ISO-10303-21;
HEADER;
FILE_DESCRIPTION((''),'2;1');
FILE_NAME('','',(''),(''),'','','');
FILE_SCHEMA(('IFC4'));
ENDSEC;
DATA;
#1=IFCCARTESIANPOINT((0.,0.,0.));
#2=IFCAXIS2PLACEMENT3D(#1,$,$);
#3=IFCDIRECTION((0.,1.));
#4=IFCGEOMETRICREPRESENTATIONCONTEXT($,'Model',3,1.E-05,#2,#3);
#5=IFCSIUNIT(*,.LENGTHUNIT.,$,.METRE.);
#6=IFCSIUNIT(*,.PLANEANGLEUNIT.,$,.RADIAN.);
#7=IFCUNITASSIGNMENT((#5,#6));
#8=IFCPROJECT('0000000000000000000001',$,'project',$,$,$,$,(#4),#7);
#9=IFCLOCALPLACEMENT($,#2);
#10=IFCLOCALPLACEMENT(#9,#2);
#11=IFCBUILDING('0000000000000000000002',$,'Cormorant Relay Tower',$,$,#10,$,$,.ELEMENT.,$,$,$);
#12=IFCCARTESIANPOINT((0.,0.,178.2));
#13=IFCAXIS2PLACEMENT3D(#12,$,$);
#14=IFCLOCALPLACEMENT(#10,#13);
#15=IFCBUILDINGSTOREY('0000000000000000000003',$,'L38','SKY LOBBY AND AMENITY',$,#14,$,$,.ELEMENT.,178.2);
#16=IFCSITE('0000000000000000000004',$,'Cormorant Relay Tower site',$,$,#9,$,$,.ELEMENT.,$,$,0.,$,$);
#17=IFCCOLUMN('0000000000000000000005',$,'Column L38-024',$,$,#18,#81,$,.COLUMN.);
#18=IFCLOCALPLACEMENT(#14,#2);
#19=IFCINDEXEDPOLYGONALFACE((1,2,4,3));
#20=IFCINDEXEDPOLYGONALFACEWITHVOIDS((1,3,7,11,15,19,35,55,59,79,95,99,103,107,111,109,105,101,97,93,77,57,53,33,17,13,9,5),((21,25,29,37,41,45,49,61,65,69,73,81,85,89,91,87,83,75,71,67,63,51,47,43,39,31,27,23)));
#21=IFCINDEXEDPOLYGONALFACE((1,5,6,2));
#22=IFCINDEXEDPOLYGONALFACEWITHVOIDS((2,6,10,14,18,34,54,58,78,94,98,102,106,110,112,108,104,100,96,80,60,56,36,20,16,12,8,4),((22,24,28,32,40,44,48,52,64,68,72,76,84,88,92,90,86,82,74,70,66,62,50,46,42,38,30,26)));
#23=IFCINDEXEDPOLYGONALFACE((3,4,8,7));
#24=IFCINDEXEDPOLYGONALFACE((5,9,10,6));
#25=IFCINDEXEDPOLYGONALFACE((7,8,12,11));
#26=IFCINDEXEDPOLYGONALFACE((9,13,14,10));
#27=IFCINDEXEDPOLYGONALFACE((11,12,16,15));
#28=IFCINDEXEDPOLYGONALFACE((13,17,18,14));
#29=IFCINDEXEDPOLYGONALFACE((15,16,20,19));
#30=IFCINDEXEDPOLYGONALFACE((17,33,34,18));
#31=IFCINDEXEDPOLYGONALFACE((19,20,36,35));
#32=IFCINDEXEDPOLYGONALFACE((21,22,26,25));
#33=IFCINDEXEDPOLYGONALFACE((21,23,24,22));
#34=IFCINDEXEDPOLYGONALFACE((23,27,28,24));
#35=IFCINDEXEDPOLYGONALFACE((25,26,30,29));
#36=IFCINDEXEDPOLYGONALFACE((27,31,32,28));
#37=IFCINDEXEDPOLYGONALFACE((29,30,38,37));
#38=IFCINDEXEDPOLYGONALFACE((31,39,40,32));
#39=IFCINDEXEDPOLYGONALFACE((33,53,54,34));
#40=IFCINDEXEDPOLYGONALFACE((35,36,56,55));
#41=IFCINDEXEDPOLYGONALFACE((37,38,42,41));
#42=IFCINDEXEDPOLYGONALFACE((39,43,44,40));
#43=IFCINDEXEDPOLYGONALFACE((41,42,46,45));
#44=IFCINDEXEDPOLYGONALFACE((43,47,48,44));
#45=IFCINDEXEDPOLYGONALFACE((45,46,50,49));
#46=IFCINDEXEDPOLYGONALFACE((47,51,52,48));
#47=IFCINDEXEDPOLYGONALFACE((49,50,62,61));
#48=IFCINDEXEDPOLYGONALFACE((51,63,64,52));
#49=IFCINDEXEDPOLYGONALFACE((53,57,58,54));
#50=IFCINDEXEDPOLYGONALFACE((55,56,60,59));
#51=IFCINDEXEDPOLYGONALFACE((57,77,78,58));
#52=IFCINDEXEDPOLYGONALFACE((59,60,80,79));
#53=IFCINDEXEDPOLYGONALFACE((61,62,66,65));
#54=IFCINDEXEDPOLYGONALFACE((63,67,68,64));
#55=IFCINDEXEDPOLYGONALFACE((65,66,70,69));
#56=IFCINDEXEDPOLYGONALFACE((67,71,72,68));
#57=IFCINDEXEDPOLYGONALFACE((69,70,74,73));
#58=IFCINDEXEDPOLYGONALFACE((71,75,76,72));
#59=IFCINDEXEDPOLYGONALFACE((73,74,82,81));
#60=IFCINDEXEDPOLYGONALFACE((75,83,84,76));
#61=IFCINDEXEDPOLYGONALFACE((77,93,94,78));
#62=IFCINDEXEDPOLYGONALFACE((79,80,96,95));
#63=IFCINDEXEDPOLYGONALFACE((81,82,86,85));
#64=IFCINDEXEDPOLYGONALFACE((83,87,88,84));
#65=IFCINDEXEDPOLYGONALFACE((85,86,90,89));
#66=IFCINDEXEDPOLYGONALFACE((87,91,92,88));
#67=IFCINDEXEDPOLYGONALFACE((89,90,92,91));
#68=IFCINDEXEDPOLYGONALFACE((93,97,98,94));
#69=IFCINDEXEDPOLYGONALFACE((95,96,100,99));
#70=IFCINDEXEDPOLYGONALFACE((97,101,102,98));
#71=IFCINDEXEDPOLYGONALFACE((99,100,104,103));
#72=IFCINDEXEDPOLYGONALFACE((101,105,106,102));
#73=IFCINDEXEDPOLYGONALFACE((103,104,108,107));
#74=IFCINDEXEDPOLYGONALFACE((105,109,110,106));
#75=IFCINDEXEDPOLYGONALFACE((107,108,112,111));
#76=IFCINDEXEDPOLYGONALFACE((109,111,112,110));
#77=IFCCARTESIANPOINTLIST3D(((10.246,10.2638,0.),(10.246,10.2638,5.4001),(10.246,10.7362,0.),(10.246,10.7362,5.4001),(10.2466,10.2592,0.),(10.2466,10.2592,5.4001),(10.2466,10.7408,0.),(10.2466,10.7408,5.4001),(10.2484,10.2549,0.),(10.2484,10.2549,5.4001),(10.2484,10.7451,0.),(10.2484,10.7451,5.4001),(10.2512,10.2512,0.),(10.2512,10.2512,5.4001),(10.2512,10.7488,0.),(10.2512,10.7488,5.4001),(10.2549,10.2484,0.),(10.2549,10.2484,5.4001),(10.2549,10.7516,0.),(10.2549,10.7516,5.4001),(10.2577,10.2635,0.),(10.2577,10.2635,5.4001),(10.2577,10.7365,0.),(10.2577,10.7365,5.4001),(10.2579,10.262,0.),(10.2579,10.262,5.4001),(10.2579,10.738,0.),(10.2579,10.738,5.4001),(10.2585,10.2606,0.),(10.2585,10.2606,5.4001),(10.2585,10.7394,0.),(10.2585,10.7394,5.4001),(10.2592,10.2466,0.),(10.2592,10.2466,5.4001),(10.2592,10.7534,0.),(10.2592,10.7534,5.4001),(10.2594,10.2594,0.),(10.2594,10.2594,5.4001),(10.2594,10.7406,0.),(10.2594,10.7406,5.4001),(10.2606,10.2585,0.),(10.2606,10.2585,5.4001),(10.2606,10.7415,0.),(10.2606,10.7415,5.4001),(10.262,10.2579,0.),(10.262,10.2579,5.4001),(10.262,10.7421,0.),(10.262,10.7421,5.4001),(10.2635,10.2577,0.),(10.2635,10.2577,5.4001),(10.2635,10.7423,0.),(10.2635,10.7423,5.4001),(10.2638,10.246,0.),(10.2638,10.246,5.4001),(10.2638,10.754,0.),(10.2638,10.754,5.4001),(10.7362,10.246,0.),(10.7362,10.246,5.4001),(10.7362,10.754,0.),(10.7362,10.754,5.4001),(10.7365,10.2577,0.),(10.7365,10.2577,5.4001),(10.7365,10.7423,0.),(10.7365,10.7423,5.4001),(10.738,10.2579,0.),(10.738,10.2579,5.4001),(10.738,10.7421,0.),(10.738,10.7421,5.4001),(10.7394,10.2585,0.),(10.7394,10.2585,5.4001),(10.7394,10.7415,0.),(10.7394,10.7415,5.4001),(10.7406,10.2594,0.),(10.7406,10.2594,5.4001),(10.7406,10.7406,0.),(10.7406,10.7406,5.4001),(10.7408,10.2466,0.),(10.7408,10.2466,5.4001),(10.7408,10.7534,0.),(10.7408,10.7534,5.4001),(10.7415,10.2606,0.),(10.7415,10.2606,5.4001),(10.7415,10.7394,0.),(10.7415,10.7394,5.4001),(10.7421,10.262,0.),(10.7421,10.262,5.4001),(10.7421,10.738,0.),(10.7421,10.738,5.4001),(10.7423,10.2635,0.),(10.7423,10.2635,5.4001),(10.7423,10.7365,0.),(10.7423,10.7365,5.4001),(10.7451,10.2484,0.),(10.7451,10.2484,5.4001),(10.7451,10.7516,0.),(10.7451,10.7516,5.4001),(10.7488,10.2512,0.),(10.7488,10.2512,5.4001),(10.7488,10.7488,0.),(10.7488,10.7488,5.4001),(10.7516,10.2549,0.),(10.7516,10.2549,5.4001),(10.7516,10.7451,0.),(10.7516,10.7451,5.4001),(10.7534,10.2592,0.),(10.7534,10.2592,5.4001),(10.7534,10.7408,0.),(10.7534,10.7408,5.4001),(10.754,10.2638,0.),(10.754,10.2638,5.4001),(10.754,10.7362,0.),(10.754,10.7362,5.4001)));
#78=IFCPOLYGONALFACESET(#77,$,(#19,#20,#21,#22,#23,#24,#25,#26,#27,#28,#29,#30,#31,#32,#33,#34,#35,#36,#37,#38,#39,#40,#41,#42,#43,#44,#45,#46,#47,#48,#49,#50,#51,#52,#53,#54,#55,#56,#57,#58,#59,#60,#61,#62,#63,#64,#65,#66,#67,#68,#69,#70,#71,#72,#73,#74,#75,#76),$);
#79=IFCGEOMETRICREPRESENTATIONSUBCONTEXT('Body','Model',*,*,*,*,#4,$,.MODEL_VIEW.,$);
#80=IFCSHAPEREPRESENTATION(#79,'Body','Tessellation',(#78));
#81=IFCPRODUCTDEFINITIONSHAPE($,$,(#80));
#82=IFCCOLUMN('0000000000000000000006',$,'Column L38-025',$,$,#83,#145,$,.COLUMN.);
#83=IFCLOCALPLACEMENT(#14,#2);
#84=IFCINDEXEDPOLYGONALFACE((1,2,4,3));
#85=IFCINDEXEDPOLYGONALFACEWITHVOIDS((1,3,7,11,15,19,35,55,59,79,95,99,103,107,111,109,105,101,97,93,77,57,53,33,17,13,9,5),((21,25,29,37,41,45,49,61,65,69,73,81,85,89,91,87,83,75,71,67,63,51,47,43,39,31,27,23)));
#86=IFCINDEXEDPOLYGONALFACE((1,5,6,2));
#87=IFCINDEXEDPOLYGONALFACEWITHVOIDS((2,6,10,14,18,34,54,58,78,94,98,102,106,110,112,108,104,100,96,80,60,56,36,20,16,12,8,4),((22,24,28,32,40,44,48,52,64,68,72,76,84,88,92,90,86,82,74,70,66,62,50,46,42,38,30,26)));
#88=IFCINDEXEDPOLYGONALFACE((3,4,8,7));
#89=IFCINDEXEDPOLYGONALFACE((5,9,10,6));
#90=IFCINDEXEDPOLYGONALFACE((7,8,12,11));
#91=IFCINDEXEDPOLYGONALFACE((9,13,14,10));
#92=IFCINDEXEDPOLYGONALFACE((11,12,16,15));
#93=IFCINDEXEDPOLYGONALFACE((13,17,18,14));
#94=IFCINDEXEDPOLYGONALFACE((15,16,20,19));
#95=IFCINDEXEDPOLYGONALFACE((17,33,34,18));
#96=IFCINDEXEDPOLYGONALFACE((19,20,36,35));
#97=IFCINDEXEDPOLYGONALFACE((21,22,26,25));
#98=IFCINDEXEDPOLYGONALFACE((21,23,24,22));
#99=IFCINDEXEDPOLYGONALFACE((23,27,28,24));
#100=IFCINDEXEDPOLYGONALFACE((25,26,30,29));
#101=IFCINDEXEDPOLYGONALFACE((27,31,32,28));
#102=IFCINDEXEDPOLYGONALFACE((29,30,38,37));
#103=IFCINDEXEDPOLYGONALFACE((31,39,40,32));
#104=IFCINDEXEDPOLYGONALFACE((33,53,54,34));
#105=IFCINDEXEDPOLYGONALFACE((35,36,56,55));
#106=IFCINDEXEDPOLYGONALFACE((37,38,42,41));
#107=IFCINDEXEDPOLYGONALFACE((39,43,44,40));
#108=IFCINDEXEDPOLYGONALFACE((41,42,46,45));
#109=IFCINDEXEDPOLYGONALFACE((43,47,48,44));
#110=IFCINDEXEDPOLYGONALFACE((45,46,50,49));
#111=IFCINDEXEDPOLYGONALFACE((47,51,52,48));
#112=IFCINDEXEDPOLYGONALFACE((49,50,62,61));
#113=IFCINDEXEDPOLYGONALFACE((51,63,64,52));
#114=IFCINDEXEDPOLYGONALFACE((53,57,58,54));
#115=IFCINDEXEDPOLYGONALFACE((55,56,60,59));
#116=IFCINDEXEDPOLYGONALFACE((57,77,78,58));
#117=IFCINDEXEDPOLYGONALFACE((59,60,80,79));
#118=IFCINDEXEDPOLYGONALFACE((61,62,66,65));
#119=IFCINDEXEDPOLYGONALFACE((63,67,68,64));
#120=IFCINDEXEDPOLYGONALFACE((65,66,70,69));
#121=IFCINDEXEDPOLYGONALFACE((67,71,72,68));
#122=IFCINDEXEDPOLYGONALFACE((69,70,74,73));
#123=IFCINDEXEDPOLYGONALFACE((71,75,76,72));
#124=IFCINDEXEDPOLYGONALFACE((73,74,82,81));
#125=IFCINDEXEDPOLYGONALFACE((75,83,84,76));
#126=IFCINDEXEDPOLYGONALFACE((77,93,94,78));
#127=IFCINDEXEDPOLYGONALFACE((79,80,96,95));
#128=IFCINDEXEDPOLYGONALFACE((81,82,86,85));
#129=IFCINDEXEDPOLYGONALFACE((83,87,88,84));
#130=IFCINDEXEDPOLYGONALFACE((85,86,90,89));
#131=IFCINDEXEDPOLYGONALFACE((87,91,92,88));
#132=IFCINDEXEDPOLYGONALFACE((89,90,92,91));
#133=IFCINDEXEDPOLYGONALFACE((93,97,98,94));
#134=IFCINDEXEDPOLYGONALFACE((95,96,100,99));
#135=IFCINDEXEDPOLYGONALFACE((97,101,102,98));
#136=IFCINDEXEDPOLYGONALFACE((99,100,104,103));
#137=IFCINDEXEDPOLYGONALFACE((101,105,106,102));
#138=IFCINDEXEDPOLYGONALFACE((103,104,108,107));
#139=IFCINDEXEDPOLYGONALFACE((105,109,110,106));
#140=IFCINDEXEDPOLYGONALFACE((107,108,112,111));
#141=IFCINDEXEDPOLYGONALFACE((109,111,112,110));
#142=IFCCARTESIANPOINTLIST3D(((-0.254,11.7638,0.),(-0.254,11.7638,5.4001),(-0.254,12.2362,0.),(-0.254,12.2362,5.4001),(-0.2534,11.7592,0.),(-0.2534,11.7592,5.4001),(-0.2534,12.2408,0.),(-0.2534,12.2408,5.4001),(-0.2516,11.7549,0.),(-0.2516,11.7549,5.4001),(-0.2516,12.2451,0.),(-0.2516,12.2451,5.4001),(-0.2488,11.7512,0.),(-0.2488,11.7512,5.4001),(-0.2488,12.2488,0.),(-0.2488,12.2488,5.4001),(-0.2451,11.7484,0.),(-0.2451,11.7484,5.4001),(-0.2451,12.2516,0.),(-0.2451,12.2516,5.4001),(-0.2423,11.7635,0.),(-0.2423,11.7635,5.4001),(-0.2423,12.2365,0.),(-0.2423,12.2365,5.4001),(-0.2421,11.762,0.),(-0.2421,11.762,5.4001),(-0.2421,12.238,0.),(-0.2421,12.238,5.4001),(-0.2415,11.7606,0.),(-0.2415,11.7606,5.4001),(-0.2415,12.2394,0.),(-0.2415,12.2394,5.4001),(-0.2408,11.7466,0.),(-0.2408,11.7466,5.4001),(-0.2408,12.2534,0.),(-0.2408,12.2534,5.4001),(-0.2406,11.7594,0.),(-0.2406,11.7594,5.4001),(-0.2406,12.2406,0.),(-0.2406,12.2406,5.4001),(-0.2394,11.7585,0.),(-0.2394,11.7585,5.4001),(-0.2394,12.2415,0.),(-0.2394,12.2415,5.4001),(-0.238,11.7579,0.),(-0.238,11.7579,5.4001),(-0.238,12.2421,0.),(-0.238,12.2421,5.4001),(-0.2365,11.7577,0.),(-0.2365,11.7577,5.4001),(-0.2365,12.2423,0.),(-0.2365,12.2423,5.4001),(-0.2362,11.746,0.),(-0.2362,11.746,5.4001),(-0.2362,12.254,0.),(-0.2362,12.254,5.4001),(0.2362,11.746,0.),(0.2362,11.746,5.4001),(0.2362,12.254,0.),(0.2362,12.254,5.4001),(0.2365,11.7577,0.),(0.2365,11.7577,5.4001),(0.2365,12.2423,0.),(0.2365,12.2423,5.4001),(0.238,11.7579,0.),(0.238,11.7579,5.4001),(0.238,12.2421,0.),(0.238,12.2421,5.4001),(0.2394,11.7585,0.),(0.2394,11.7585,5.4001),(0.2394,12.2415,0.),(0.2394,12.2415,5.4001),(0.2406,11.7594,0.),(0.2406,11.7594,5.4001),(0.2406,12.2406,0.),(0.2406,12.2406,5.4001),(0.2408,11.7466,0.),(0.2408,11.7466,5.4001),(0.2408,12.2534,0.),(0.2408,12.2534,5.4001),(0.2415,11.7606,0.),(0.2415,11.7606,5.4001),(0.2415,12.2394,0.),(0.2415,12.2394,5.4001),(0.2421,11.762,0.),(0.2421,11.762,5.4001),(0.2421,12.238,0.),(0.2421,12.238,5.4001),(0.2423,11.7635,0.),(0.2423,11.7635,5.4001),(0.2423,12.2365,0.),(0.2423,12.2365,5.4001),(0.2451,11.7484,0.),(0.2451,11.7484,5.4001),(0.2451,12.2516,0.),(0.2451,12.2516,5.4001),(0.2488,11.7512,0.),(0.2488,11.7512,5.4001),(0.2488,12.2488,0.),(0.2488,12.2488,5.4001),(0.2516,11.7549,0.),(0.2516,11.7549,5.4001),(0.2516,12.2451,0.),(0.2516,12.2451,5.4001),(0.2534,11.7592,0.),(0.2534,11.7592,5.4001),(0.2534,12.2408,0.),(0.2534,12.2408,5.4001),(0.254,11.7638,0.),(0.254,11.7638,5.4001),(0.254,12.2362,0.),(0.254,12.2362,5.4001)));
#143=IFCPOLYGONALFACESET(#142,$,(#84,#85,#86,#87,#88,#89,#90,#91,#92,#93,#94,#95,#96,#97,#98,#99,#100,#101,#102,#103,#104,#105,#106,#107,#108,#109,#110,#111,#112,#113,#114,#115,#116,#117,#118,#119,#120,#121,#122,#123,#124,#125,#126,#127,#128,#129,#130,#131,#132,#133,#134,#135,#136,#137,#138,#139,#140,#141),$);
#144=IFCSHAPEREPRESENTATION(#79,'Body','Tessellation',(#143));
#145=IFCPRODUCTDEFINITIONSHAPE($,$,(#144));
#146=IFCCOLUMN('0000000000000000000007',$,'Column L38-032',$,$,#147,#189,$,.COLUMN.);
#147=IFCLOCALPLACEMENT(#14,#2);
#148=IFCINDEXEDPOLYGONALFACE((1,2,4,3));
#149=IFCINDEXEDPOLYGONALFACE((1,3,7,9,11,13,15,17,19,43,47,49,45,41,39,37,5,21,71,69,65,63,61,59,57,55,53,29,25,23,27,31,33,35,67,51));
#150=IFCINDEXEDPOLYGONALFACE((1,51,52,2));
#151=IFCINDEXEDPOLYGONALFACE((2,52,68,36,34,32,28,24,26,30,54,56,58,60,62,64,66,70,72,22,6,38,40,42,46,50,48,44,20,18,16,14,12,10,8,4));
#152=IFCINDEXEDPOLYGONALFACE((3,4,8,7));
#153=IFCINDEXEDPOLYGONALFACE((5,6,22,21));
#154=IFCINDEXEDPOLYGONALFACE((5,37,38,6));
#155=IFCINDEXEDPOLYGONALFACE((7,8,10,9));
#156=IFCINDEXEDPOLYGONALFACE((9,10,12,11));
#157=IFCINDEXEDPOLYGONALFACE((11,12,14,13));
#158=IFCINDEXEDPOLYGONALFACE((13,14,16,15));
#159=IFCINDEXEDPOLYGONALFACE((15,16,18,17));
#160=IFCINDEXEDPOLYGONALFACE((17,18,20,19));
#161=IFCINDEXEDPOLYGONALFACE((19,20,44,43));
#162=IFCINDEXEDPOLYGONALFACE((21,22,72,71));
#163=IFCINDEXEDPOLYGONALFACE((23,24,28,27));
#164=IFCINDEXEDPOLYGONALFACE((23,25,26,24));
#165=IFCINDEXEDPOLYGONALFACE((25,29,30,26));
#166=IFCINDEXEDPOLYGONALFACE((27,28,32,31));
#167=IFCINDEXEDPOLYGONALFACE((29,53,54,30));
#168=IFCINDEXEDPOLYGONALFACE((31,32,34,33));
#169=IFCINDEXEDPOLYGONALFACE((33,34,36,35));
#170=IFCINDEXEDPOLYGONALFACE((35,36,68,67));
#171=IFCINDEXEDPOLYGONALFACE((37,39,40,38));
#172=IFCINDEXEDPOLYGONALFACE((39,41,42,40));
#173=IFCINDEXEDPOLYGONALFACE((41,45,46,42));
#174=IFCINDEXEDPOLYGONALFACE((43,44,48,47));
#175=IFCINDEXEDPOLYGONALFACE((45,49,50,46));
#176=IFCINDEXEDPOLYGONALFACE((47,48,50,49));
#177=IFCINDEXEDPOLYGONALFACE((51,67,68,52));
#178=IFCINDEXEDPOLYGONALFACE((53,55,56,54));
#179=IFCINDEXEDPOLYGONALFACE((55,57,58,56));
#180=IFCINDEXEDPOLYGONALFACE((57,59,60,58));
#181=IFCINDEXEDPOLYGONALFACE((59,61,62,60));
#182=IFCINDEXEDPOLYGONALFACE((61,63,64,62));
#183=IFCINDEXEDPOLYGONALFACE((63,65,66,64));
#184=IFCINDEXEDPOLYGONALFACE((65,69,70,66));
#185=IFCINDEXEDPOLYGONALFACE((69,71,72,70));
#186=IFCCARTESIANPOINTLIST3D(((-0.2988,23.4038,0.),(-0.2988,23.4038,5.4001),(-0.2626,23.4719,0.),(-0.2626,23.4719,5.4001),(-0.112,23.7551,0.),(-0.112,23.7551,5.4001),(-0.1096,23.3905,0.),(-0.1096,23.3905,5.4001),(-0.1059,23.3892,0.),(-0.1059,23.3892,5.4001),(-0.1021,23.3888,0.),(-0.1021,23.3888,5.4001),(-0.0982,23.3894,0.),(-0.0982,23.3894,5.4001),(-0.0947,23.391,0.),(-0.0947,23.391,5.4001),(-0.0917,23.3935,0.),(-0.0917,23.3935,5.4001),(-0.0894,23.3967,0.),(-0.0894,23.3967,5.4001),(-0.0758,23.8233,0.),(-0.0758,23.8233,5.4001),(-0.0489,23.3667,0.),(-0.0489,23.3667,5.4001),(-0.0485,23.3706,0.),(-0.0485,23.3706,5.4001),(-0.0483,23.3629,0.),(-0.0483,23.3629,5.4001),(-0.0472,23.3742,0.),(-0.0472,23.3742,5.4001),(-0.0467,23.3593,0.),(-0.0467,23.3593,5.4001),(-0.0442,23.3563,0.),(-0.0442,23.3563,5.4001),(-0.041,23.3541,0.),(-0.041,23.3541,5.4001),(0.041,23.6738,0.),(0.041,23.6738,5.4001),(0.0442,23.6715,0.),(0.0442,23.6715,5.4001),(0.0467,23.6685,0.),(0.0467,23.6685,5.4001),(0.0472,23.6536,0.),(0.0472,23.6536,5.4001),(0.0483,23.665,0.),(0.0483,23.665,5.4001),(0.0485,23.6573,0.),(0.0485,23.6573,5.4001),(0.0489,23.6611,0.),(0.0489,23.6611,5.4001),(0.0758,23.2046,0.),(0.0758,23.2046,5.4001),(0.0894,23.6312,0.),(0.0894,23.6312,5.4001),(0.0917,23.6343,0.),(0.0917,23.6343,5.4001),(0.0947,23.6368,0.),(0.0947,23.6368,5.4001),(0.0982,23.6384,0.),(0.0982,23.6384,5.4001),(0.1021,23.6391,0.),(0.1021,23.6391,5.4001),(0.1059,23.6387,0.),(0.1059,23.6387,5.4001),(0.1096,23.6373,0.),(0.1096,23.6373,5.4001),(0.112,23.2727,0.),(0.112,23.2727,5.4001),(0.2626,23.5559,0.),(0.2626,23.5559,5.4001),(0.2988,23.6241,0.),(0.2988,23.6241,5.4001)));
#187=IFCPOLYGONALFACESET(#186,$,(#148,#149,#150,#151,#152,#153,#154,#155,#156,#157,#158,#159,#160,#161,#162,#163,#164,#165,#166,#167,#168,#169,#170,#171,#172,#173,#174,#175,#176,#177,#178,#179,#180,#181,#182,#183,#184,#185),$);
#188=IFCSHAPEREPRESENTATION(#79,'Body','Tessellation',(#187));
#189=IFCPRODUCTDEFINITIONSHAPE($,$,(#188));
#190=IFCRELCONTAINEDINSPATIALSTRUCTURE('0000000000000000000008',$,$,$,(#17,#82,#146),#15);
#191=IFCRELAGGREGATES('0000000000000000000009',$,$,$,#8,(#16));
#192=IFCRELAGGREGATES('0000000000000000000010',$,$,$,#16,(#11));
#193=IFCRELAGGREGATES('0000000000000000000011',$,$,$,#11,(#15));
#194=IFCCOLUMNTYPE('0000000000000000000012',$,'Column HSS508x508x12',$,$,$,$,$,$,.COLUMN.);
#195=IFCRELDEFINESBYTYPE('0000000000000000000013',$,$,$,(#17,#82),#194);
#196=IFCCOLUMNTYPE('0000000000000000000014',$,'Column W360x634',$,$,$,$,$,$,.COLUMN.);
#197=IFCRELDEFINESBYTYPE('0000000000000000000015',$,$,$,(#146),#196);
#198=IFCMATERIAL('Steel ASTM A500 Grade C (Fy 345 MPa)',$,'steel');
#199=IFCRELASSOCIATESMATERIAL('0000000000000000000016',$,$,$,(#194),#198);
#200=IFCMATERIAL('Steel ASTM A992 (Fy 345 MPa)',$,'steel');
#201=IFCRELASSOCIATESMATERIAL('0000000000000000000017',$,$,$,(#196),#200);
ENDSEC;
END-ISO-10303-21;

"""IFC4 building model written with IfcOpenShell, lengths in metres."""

from ifc_helpers import new_model, si_unit, direction, frame, origin, origin_2d, place, context, subcontext, project, spatial, hollow_rectangle, i_section, extrude, material, material_profile, profile_set, type_object, element, save


model = new_model("IFC4")

# Units and contexts
model_context = context("Model", 3, precision=1e-05, world=origin(), true_north=direction((0.0, 1.0)))
body_context = subcontext(model_context, "Body", "Model", "MODEL_VIEW")
ifc_project = project(units=[si_unit("LENGTHUNIT", "METRE"), si_unit("PLANEANGLEUNIT", "RADIAN")], contexts=[model_context])

# Site, building, storey
site_placement = place(None, origin())
site = spatial("IfcSite", under=ifc_project, at=site_placement, Name="Cormorant Relay Tower site", CompositionType="ELEMENT", RefElevation=0.0)
building_placement = place(site_placement, origin())
building = spatial("IfcBuilding", under=site, at=building_placement, Name="Cormorant Relay Tower", CompositionType="ELEMENT")
storey_placement = place(building_placement, frame((0.0, 0.0, 178.2)))
storey = spatial("IfcBuildingStorey", under=building, at=storey_placement, Name="L38", Description="SKY LOBBY AND AMENITY", CompositionType="ELEMENT", Elevation=178.2)

# Columns
ifc_material_1 = material(Name="Steel ASTM A500 Grade C (Fy 345 MPa)", Category="steel")
ifc_material_profile_1 = material_profile(ifc_material_1, hollow_rectangle(XDim=0.5081, YDim=0.5081, WallThickness=0.0117, InnerFilletRadius=0.0059, OuterFilletRadius=0.0178, at=origin_2d()), Name="HSS508x508x12")
ifc_profile_set_1 = profile_set([ifc_material_profile_1], Name="Steel ASTM A500 Grade C (Fy 345 MPa)")
column_type_1 = type_object("IfcColumnType", Name="Column HSS508x508x12", PredefinedType="COLUMN", material=ifc_profile_set_1)
for number, where, z_axis, x_axis, name in (
    (1, (10.5, 10.5, 0.0), (0.0, 0.0, 1.0), (1.0, 0.0, 0.0), "Column L38-024"),
    (2, (0.0, 12.0, 0.0), (0.0, 0.0, 1.0), (1.0, 0.0, 0.0), "Column L38-025"),
):
    element("IfcColumn", number, at=place(storey_placement, frame(where, z_axis=z_axis, x_axis=x_axis)), inside=storey, type_object=column_type_1, Name=name, PredefinedType="COLUMN", context=body_context, shape_type="SweptSolid", body=[
        extrude(hollow_rectangle(XDim=0.5081, YDim=0.5081, WallThickness=0.0117, InnerFilletRadius=0.0059, OuterFilletRadius=0.0178, at=origin_2d()), origin(), (0.0, 0.0, 1.0), 5.4001),
    ])
ifc_material_2 = material(Name="Steel ASTM A992 (Fy 345 MPa)", Category="steel")
ifc_material_profile_2 = material_profile(ifc_material_2, i_section(OverallWidth=0.4243, OverallDepth=0.4751, WebThickness=0.0479, FlangeThickness=0.0771, FilletRadius=0.0149, at=origin_2d()), Name="W360x634")
ifc_profile_set_2 = profile_set([ifc_material_profile_2], Name="Steel ASTM A992 (Fy 345 MPa)")
column_type_2 = type_object("IfcColumnType", Name="Column W360x634", PredefinedType="COLUMN", material=ifc_profile_set_2)
column_placement = place(storey_placement, frame((0.0, 23.5139, 0.0), z_axis=(0.0, 0.0, 1.0), x_axis=(-0.882948, 0.469472, 0.0)))
element("IfcColumn", 3, at=column_placement, inside=storey, type_object=column_type_2, Name="Column L38-032", PredefinedType="COLUMN", context=body_context, shape_type="SweptSolid", body=[
    extrude(i_section(OverallWidth=0.4243, OverallDepth=0.4751, WebThickness=0.0479, FlangeThickness=0.0771, FilletRadius=0.0149, at=origin_2d()), origin(), (0.0, 0.0, 1.0), 5.4001),
])

save(model, "model.ifc")
